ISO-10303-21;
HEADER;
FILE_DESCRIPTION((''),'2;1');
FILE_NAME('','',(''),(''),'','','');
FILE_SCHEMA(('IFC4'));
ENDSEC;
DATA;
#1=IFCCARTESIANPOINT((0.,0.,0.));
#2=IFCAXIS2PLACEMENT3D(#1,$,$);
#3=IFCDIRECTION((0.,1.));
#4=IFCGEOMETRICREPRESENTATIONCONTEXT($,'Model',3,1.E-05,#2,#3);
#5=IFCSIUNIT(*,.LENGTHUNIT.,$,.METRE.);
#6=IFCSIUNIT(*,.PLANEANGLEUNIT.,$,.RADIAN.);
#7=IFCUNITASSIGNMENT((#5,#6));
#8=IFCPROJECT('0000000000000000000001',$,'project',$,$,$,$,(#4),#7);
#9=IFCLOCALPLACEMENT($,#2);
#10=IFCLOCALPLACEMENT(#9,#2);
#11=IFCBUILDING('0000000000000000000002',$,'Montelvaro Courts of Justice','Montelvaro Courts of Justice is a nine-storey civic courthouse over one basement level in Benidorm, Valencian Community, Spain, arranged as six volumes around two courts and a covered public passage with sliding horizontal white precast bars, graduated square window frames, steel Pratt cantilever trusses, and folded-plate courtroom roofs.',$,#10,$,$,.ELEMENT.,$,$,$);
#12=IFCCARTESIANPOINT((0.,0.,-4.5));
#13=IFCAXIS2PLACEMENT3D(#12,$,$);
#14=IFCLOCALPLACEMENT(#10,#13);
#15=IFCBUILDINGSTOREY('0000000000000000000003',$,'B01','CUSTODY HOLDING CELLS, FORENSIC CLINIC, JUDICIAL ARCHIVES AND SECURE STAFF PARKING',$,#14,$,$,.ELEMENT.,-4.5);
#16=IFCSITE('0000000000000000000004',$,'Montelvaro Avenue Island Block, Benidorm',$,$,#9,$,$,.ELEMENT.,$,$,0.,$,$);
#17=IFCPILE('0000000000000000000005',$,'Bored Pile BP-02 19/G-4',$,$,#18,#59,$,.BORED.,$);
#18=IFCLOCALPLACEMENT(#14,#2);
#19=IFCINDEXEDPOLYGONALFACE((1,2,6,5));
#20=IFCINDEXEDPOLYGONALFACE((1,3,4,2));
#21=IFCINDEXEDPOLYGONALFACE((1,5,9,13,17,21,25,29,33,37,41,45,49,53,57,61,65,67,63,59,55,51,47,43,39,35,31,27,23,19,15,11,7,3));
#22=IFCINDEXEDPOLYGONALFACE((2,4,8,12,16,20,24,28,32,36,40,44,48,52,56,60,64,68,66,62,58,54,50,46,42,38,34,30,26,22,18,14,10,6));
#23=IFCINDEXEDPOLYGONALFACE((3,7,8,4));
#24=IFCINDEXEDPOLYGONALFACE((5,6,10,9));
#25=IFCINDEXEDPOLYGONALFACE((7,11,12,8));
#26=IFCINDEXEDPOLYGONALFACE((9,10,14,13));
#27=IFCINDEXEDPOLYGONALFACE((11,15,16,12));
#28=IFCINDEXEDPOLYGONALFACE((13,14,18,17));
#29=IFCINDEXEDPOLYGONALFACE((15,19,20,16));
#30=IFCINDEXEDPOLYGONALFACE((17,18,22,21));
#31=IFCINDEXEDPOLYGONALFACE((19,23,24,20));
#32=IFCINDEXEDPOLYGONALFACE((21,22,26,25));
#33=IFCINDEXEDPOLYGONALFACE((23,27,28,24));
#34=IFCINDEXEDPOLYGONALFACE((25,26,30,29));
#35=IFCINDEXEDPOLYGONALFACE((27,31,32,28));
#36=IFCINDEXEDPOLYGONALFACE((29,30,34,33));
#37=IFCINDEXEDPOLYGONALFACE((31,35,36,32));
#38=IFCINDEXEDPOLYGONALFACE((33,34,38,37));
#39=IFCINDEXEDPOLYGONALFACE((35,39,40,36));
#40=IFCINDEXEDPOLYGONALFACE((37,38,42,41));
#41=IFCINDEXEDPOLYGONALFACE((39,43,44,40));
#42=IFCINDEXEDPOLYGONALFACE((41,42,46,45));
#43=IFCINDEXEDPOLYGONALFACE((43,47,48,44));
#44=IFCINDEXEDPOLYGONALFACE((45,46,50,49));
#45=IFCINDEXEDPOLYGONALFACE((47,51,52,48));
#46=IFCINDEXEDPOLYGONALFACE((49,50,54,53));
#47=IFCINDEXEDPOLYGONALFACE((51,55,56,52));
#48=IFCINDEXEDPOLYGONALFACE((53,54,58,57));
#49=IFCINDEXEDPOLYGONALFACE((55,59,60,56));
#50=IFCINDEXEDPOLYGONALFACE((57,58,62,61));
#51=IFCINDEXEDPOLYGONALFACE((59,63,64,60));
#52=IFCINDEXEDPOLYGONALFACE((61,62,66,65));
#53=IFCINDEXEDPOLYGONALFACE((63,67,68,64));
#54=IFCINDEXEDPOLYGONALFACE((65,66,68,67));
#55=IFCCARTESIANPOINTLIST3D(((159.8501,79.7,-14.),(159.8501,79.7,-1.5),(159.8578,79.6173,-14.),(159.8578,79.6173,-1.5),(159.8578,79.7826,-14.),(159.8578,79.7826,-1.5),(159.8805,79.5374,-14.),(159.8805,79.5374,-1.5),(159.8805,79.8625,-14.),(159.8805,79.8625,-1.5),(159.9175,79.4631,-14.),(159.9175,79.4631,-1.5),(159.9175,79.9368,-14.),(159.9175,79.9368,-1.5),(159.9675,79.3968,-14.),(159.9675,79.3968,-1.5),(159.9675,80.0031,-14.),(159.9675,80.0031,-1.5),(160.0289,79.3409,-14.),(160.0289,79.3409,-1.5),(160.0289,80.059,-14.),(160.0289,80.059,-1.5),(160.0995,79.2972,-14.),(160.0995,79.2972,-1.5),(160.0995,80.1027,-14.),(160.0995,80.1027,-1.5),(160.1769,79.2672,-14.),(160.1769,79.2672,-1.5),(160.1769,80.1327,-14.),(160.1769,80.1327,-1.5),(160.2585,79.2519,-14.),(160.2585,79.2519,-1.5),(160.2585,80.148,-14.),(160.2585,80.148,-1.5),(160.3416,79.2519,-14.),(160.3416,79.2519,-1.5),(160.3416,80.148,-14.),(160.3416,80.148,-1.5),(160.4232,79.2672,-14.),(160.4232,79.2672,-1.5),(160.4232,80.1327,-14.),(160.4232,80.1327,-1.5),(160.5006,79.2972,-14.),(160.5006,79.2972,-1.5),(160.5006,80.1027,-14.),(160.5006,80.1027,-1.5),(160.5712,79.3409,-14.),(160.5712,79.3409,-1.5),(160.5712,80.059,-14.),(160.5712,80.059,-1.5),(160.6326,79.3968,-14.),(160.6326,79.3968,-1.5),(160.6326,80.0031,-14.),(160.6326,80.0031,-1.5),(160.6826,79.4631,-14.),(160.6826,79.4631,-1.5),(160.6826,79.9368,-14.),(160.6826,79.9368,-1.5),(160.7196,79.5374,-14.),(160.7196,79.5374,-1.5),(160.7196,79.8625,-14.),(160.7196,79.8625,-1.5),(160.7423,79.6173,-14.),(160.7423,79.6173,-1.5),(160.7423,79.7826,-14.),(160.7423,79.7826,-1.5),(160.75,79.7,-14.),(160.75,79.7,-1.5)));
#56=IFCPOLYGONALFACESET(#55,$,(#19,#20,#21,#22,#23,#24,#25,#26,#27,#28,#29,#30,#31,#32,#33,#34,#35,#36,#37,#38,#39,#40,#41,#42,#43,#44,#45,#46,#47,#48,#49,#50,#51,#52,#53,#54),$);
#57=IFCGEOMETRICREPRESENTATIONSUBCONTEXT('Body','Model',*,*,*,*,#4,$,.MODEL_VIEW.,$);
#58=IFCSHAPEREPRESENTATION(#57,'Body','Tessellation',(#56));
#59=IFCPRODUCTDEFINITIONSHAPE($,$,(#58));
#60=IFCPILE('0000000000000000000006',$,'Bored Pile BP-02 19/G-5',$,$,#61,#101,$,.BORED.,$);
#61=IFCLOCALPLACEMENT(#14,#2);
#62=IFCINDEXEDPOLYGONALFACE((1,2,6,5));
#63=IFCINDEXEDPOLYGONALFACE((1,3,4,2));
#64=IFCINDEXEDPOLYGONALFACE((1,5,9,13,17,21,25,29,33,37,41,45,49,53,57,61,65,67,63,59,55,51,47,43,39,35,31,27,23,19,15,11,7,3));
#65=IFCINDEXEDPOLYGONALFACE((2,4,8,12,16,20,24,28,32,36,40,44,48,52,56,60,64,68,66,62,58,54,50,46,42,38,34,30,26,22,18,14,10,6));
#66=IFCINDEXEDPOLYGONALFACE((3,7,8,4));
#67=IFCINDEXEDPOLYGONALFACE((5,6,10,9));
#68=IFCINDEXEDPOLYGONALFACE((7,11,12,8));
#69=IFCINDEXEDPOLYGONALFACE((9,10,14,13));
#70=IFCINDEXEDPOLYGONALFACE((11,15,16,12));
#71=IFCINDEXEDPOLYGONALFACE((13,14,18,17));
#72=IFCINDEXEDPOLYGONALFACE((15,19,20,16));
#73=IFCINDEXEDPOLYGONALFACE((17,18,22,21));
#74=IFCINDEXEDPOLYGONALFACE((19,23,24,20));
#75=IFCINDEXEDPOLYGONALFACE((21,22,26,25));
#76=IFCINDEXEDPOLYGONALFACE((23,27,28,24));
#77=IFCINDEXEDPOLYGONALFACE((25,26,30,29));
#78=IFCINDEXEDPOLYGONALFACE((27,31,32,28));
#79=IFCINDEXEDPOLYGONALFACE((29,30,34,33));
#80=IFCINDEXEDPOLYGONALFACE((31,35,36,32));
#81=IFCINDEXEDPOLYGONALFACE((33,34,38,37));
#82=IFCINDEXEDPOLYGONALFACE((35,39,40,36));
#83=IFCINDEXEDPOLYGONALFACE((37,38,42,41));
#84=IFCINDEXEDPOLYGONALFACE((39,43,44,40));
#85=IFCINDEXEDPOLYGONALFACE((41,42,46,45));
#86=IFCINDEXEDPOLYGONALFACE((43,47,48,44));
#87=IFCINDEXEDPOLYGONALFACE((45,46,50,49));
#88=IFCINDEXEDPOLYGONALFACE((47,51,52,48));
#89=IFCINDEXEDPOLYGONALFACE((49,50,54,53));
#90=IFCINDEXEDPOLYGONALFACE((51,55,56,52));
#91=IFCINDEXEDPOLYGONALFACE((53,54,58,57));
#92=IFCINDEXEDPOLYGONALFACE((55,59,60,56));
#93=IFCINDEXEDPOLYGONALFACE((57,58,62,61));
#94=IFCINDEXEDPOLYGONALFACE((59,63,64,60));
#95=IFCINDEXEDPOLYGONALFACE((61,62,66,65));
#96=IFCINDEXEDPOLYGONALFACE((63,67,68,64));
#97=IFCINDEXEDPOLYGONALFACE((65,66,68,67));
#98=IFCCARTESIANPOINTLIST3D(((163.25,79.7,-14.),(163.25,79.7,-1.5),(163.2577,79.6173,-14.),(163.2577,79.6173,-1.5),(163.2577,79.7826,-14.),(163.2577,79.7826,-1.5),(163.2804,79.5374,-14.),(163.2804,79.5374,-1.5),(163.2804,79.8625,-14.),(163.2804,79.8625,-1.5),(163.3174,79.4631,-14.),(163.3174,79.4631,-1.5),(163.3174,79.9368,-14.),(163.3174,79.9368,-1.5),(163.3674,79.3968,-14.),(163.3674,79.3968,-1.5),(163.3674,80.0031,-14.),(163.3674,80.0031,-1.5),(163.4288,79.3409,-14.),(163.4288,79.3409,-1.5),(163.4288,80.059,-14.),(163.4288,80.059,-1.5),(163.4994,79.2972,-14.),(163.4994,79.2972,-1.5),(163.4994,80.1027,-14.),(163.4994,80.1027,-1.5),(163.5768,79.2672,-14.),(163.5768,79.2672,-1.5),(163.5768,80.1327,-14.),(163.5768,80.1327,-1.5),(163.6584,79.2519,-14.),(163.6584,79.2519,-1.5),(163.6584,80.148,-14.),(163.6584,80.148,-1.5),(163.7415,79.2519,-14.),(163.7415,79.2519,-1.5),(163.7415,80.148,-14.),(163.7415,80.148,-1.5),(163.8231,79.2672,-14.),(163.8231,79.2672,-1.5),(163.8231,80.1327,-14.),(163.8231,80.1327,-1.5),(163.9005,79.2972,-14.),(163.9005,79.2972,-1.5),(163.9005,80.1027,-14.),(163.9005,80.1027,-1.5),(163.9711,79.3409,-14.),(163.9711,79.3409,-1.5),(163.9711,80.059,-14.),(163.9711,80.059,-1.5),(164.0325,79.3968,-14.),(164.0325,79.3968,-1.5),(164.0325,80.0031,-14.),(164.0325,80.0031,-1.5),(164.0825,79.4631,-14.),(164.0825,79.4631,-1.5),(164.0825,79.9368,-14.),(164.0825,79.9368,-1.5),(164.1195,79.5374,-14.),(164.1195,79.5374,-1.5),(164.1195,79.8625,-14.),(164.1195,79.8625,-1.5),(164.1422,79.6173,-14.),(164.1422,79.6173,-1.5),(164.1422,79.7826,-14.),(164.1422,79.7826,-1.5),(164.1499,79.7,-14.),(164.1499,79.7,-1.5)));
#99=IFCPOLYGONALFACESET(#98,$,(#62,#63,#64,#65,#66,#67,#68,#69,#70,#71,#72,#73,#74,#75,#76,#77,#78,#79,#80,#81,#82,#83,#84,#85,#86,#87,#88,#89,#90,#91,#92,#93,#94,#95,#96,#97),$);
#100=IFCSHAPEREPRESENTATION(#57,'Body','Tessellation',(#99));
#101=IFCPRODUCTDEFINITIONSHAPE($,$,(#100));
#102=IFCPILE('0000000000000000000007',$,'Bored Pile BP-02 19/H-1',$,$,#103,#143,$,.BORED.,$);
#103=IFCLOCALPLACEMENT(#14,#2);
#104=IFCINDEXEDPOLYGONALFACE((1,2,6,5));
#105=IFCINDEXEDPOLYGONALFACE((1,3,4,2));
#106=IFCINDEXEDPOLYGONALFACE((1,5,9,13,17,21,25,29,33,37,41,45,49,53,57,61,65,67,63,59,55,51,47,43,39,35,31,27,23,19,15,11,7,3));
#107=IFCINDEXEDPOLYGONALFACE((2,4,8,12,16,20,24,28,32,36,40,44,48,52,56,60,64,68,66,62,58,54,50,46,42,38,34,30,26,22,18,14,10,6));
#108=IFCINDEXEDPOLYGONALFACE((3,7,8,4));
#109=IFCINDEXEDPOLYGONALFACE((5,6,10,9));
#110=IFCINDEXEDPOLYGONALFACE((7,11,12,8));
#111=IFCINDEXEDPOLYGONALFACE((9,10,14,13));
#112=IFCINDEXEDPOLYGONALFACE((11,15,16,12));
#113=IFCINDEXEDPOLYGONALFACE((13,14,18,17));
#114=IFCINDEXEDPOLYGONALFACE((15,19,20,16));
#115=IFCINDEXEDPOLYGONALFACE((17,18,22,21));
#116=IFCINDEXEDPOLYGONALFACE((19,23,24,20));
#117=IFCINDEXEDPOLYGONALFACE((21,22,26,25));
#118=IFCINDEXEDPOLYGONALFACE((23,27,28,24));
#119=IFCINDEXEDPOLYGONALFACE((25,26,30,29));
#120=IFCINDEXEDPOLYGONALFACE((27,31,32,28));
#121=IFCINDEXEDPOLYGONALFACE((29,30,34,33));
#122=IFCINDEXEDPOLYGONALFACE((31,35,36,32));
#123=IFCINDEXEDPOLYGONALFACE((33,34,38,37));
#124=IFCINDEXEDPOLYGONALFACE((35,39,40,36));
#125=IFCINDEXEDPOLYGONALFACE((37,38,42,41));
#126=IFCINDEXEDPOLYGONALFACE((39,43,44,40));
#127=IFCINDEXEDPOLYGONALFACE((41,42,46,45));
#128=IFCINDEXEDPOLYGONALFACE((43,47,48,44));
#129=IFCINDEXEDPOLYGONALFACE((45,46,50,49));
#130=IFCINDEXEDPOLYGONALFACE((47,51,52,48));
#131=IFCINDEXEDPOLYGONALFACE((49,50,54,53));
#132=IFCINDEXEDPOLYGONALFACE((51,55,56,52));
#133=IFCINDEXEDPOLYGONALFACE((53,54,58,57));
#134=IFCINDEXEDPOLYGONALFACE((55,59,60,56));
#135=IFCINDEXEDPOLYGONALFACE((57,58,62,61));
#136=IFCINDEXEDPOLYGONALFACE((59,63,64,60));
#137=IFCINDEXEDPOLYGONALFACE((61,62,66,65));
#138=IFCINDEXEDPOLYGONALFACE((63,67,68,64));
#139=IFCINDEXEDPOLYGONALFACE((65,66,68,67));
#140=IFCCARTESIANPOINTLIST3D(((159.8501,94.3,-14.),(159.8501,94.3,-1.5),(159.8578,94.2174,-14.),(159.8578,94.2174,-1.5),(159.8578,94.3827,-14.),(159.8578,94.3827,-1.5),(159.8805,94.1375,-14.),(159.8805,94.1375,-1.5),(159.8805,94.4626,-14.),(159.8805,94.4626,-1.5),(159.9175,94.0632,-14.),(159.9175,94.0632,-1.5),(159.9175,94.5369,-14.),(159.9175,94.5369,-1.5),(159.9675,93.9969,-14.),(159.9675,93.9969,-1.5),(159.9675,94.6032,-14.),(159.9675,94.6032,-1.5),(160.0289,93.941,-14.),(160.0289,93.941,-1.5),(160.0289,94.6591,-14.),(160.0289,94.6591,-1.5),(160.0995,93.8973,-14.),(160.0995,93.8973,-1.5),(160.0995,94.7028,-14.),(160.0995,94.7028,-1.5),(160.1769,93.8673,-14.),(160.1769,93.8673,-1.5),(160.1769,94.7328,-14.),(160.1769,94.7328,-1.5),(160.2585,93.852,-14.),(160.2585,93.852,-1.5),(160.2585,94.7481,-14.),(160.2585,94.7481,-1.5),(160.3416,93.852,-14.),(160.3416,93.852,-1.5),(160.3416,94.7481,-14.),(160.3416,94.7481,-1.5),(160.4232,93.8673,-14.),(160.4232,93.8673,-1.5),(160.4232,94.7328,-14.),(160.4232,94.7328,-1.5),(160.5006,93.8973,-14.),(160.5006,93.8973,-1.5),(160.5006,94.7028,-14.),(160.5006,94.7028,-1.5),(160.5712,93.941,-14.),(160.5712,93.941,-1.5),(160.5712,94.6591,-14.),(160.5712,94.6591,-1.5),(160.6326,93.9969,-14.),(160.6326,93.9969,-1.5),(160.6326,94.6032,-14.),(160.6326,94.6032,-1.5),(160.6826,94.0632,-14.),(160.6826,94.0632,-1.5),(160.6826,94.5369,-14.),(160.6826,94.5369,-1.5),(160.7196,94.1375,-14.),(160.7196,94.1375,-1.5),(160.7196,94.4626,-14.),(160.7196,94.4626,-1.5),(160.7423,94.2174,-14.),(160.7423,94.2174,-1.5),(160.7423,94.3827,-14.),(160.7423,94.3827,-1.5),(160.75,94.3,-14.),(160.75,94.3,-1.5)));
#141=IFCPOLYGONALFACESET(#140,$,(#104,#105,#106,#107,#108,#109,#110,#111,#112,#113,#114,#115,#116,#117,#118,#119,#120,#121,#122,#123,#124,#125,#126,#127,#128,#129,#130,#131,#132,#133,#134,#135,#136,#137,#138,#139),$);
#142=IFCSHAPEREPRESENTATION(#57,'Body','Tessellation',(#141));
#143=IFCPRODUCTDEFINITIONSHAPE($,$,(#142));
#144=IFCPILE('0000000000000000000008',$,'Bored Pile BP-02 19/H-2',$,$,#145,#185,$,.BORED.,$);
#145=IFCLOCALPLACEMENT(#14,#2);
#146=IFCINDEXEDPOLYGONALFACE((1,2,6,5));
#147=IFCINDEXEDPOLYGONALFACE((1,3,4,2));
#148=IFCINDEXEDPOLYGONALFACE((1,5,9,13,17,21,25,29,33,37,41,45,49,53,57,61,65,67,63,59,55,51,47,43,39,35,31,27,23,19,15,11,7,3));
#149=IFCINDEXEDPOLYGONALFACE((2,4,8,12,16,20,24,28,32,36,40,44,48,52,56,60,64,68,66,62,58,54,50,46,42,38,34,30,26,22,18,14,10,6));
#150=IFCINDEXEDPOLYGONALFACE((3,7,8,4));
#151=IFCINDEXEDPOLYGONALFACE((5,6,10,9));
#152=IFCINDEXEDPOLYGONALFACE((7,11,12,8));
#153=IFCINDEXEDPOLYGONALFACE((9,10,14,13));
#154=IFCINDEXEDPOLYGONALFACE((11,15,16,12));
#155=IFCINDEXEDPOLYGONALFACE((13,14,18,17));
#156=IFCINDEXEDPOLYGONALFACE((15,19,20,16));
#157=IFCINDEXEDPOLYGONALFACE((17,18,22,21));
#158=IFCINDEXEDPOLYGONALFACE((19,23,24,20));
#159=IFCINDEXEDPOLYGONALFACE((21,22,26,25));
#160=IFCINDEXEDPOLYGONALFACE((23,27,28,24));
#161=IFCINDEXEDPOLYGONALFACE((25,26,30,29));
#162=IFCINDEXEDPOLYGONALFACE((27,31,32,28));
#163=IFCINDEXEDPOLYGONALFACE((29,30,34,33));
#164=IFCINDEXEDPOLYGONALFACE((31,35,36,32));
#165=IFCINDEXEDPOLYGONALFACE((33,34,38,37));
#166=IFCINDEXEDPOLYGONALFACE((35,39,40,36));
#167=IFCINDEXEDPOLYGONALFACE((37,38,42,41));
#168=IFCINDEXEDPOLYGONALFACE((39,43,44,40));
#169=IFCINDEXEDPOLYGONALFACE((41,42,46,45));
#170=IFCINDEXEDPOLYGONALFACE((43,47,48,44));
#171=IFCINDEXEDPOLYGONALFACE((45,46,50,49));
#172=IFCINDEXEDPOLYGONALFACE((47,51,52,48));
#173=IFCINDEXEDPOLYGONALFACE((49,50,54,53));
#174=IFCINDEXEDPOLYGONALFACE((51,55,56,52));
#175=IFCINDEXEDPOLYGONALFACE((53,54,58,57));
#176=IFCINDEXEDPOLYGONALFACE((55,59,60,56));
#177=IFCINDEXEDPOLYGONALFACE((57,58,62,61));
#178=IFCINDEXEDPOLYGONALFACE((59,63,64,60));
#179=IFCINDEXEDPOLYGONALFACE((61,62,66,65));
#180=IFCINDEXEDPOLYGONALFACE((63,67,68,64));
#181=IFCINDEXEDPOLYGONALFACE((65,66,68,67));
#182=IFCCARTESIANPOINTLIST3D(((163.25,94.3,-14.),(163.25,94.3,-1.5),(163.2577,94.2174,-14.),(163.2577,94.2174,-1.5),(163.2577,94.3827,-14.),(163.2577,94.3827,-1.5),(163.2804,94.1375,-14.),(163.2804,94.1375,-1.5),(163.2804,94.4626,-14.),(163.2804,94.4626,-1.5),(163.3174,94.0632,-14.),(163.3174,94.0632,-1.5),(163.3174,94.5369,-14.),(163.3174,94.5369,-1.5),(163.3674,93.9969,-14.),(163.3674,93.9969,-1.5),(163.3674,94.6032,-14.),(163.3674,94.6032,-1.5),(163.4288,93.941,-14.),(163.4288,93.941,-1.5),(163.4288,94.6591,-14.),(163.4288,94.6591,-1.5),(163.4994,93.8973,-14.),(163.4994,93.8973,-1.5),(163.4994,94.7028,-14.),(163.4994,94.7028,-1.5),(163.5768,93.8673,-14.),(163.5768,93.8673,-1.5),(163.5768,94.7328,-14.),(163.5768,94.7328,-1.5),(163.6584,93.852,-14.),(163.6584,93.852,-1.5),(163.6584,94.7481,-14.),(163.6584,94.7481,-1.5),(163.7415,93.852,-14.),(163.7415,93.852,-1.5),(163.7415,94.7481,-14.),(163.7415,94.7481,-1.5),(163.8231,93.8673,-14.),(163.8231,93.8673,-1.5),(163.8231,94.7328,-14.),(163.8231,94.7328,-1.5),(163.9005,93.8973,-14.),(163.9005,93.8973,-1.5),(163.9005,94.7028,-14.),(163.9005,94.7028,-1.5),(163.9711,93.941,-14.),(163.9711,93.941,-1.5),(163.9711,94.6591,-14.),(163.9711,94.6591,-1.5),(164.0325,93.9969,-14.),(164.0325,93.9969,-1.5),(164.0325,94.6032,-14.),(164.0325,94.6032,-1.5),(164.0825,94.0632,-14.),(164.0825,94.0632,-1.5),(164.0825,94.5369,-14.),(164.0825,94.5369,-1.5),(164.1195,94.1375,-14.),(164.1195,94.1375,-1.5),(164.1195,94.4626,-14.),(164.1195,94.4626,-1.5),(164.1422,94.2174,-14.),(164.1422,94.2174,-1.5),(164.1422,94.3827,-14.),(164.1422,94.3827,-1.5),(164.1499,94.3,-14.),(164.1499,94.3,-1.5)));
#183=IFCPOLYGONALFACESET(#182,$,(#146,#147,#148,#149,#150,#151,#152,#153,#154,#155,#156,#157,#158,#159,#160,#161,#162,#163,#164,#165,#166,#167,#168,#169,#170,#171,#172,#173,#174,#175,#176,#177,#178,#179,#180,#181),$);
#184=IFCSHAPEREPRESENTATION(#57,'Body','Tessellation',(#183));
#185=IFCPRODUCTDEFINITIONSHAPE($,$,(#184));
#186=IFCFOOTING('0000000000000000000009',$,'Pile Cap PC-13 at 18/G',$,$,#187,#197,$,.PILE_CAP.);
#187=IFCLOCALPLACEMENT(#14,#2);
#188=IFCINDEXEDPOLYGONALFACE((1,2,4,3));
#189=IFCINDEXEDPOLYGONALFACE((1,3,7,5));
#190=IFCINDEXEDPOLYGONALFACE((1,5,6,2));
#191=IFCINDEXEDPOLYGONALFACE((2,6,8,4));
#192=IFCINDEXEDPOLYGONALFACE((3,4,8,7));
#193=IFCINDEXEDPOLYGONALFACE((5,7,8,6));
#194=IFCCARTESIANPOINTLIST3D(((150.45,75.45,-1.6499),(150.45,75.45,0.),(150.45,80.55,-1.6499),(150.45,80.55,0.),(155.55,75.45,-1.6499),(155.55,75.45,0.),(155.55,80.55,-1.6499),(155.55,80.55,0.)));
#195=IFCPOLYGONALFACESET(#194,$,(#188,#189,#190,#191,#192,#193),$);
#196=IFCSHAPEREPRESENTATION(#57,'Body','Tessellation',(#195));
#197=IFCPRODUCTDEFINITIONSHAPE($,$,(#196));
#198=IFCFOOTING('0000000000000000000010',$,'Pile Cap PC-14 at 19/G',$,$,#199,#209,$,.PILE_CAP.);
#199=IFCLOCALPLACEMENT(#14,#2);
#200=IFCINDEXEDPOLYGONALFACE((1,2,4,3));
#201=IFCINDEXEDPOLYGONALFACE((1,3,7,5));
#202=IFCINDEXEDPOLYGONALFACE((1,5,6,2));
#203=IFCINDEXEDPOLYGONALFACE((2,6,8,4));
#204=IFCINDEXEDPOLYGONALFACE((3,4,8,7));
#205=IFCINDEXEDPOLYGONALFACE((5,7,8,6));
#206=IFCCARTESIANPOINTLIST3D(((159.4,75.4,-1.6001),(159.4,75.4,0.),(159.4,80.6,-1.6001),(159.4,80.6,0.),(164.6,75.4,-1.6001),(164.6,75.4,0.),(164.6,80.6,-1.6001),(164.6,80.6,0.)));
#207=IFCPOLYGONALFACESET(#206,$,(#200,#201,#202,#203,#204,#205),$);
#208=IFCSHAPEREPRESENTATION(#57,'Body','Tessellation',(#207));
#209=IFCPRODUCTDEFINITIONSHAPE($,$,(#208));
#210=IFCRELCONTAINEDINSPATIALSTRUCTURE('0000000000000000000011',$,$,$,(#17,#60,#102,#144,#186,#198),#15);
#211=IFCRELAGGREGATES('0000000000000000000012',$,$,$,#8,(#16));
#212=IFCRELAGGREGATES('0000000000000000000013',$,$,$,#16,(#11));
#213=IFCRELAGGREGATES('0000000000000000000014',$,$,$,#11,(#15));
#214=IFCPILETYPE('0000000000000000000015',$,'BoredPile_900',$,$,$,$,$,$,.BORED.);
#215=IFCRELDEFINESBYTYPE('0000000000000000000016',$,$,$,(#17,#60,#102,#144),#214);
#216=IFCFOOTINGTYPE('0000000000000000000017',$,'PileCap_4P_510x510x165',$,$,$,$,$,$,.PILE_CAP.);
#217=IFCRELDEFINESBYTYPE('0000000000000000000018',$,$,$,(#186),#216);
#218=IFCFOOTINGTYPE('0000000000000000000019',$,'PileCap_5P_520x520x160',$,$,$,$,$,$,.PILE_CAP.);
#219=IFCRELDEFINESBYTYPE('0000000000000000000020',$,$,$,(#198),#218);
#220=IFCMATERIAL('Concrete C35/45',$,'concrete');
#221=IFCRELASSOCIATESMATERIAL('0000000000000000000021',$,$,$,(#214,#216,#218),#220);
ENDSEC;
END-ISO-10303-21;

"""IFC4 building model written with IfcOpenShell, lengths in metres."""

from ifc_helpers import new_model, si_unit, direction, frame, origin, origin_2d, place, context, subcontext, project, spatial, rectangle, circle, extrude, material, material_profile, profile_set, type_object, element, save


model = new_model("IFC4")

# Units and contexts
model_context = context("Model", 3, precision=1e-05, world=origin(), true_north=direction((0.0, 1.0)))
body_context = subcontext(model_context, "Body", "Model", "MODEL_VIEW")
ifc_project = project(units=[si_unit("LENGTHUNIT", "METRE"), si_unit("PLANEANGLEUNIT", "RADIAN")], contexts=[model_context])

# Site, building, storey
site_placement = place(None, origin())
site = spatial("IfcSite", under=ifc_project, at=site_placement, Name="Montelvaro Avenue Island Block, Benidorm", CompositionType="ELEMENT", RefElevation=0.0)
building_placement = place(site_placement, origin())
building = spatial("IfcBuilding", under=site, at=building_placement, Name="Montelvaro Courts of Justice", Description="Montelvaro Courts of Justice is a nine-storey civic courthouse over one basement level in Benidorm, Valencian Community, Spain, arranged as six volumes around two courts and a covered public passage with sliding horizontal white precast bars, graduated square window frames, steel Pratt cantilever trusses, and folded-plate courtroom roofs.", CompositionType="ELEMENT")
storey_placement = place(building_placement, frame((0.0, 0.0, -4.5)))
storey = spatial("IfcBuildingStorey", under=building, at=storey_placement, Name="B01", Description="CUSTODY HOLDING CELLS, FORENSIC CLINIC, JUDICIAL ARCHIVES AND SECURE STAFF PARKING", CompositionType="ELEMENT", Elevation=-4.5)

# Piles
ifc_material_1 = material(Name="Concrete C35/45", Category="concrete")
ifc_material_profile_1 = material_profile(ifc_material_1, circle(Radius=0.45, at=origin_2d()), Name="BORED PILE D900")
ifc_profile_set_1 = profile_set([ifc_material_profile_1], Name="Concrete C35/45")
pile_type_1 = type_object("IfcPileType", Name="BoredPile_900", PredefinedType="BORED", material=ifc_profile_set_1)
for number, where, z_axis, x_axis, name in (
    (1, (160.3, 79.7, -1.5), (0.0, 0.0, -1.0), (1.0, 0.0, 0.0), "Bored Pile BP-02 19/G-4"),
    (2, (163.7, 79.7, -1.5), (0.0, 0.0, -1.0), (1.0, 0.0, 0.0), "Bored Pile BP-02 19/G-5"),
    (3, (160.3, 94.3, -1.5), (0.0, 0.0, -1.0), (1.0, 0.0, 0.0), "Bored Pile BP-02 19/H-1"),
    (4, (163.7, 94.3, -1.5), (0.0, 0.0, -1.0), (1.0, 0.0, 0.0), "Bored Pile BP-02 19/H-2"),
):
    element("IfcPile", number, at=place(storey_placement, frame(where, z_axis=z_axis, x_axis=x_axis)), inside=storey, type_object=pile_type_1, Name=name, PredefinedType="BORED", context=body_context, shape_type="SweptSolid", body=[
        extrude(circle(Radius=0.45, at=origin_2d()), origin(), (0.0, 0.0, 1.0), 12.5),
    ])

# Footings
footing_type_1 = type_object("IfcFootingType", Name="PileCap_4P_510x510x165", PredefinedType="PILE_CAP", material=ifc_material_1)
footing_1_placement = place(storey_placement, frame((153.0, 78.0, -1.6499), z_axis=(0.0, 0.0, 1.0), x_axis=(1.0, 0.0, 0.0)))
element("IfcFooting", 5, at=footing_1_placement, inside=storey, type_object=footing_type_1, Name="Pile Cap PC-13 at 18/G", PredefinedType="PILE_CAP", context=body_context, shape_type="SweptSolid", body=[
    extrude(rectangle(XDim=5.1001, YDim=5.1001, at=origin_2d()), origin(), (0.0, 0.0, 1.0), 1.6499),
])
footing_type_2 = type_object("IfcFootingType", Name="PileCap_5P_520x520x160", PredefinedType="PILE_CAP", material=ifc_material_1)
footing_2_placement = place(storey_placement, frame((162.0, 78.0, -1.6001), z_axis=(0.0, 0.0, 1.0), x_axis=(1.0, 0.0, 0.0)))
element("IfcFooting", 6, at=footing_2_placement, inside=storey, type_object=footing_type_2, Name="Pile Cap PC-14 at 19/G", PredefinedType="PILE_CAP", context=body_context, shape_type="SweptSolid", body=[
    extrude(rectangle(XDim=5.2, YDim=5.2, at=origin_2d()), origin(), (0.0, 0.0, 1.0), 1.6001),
])

save(model, "model.ifc")
